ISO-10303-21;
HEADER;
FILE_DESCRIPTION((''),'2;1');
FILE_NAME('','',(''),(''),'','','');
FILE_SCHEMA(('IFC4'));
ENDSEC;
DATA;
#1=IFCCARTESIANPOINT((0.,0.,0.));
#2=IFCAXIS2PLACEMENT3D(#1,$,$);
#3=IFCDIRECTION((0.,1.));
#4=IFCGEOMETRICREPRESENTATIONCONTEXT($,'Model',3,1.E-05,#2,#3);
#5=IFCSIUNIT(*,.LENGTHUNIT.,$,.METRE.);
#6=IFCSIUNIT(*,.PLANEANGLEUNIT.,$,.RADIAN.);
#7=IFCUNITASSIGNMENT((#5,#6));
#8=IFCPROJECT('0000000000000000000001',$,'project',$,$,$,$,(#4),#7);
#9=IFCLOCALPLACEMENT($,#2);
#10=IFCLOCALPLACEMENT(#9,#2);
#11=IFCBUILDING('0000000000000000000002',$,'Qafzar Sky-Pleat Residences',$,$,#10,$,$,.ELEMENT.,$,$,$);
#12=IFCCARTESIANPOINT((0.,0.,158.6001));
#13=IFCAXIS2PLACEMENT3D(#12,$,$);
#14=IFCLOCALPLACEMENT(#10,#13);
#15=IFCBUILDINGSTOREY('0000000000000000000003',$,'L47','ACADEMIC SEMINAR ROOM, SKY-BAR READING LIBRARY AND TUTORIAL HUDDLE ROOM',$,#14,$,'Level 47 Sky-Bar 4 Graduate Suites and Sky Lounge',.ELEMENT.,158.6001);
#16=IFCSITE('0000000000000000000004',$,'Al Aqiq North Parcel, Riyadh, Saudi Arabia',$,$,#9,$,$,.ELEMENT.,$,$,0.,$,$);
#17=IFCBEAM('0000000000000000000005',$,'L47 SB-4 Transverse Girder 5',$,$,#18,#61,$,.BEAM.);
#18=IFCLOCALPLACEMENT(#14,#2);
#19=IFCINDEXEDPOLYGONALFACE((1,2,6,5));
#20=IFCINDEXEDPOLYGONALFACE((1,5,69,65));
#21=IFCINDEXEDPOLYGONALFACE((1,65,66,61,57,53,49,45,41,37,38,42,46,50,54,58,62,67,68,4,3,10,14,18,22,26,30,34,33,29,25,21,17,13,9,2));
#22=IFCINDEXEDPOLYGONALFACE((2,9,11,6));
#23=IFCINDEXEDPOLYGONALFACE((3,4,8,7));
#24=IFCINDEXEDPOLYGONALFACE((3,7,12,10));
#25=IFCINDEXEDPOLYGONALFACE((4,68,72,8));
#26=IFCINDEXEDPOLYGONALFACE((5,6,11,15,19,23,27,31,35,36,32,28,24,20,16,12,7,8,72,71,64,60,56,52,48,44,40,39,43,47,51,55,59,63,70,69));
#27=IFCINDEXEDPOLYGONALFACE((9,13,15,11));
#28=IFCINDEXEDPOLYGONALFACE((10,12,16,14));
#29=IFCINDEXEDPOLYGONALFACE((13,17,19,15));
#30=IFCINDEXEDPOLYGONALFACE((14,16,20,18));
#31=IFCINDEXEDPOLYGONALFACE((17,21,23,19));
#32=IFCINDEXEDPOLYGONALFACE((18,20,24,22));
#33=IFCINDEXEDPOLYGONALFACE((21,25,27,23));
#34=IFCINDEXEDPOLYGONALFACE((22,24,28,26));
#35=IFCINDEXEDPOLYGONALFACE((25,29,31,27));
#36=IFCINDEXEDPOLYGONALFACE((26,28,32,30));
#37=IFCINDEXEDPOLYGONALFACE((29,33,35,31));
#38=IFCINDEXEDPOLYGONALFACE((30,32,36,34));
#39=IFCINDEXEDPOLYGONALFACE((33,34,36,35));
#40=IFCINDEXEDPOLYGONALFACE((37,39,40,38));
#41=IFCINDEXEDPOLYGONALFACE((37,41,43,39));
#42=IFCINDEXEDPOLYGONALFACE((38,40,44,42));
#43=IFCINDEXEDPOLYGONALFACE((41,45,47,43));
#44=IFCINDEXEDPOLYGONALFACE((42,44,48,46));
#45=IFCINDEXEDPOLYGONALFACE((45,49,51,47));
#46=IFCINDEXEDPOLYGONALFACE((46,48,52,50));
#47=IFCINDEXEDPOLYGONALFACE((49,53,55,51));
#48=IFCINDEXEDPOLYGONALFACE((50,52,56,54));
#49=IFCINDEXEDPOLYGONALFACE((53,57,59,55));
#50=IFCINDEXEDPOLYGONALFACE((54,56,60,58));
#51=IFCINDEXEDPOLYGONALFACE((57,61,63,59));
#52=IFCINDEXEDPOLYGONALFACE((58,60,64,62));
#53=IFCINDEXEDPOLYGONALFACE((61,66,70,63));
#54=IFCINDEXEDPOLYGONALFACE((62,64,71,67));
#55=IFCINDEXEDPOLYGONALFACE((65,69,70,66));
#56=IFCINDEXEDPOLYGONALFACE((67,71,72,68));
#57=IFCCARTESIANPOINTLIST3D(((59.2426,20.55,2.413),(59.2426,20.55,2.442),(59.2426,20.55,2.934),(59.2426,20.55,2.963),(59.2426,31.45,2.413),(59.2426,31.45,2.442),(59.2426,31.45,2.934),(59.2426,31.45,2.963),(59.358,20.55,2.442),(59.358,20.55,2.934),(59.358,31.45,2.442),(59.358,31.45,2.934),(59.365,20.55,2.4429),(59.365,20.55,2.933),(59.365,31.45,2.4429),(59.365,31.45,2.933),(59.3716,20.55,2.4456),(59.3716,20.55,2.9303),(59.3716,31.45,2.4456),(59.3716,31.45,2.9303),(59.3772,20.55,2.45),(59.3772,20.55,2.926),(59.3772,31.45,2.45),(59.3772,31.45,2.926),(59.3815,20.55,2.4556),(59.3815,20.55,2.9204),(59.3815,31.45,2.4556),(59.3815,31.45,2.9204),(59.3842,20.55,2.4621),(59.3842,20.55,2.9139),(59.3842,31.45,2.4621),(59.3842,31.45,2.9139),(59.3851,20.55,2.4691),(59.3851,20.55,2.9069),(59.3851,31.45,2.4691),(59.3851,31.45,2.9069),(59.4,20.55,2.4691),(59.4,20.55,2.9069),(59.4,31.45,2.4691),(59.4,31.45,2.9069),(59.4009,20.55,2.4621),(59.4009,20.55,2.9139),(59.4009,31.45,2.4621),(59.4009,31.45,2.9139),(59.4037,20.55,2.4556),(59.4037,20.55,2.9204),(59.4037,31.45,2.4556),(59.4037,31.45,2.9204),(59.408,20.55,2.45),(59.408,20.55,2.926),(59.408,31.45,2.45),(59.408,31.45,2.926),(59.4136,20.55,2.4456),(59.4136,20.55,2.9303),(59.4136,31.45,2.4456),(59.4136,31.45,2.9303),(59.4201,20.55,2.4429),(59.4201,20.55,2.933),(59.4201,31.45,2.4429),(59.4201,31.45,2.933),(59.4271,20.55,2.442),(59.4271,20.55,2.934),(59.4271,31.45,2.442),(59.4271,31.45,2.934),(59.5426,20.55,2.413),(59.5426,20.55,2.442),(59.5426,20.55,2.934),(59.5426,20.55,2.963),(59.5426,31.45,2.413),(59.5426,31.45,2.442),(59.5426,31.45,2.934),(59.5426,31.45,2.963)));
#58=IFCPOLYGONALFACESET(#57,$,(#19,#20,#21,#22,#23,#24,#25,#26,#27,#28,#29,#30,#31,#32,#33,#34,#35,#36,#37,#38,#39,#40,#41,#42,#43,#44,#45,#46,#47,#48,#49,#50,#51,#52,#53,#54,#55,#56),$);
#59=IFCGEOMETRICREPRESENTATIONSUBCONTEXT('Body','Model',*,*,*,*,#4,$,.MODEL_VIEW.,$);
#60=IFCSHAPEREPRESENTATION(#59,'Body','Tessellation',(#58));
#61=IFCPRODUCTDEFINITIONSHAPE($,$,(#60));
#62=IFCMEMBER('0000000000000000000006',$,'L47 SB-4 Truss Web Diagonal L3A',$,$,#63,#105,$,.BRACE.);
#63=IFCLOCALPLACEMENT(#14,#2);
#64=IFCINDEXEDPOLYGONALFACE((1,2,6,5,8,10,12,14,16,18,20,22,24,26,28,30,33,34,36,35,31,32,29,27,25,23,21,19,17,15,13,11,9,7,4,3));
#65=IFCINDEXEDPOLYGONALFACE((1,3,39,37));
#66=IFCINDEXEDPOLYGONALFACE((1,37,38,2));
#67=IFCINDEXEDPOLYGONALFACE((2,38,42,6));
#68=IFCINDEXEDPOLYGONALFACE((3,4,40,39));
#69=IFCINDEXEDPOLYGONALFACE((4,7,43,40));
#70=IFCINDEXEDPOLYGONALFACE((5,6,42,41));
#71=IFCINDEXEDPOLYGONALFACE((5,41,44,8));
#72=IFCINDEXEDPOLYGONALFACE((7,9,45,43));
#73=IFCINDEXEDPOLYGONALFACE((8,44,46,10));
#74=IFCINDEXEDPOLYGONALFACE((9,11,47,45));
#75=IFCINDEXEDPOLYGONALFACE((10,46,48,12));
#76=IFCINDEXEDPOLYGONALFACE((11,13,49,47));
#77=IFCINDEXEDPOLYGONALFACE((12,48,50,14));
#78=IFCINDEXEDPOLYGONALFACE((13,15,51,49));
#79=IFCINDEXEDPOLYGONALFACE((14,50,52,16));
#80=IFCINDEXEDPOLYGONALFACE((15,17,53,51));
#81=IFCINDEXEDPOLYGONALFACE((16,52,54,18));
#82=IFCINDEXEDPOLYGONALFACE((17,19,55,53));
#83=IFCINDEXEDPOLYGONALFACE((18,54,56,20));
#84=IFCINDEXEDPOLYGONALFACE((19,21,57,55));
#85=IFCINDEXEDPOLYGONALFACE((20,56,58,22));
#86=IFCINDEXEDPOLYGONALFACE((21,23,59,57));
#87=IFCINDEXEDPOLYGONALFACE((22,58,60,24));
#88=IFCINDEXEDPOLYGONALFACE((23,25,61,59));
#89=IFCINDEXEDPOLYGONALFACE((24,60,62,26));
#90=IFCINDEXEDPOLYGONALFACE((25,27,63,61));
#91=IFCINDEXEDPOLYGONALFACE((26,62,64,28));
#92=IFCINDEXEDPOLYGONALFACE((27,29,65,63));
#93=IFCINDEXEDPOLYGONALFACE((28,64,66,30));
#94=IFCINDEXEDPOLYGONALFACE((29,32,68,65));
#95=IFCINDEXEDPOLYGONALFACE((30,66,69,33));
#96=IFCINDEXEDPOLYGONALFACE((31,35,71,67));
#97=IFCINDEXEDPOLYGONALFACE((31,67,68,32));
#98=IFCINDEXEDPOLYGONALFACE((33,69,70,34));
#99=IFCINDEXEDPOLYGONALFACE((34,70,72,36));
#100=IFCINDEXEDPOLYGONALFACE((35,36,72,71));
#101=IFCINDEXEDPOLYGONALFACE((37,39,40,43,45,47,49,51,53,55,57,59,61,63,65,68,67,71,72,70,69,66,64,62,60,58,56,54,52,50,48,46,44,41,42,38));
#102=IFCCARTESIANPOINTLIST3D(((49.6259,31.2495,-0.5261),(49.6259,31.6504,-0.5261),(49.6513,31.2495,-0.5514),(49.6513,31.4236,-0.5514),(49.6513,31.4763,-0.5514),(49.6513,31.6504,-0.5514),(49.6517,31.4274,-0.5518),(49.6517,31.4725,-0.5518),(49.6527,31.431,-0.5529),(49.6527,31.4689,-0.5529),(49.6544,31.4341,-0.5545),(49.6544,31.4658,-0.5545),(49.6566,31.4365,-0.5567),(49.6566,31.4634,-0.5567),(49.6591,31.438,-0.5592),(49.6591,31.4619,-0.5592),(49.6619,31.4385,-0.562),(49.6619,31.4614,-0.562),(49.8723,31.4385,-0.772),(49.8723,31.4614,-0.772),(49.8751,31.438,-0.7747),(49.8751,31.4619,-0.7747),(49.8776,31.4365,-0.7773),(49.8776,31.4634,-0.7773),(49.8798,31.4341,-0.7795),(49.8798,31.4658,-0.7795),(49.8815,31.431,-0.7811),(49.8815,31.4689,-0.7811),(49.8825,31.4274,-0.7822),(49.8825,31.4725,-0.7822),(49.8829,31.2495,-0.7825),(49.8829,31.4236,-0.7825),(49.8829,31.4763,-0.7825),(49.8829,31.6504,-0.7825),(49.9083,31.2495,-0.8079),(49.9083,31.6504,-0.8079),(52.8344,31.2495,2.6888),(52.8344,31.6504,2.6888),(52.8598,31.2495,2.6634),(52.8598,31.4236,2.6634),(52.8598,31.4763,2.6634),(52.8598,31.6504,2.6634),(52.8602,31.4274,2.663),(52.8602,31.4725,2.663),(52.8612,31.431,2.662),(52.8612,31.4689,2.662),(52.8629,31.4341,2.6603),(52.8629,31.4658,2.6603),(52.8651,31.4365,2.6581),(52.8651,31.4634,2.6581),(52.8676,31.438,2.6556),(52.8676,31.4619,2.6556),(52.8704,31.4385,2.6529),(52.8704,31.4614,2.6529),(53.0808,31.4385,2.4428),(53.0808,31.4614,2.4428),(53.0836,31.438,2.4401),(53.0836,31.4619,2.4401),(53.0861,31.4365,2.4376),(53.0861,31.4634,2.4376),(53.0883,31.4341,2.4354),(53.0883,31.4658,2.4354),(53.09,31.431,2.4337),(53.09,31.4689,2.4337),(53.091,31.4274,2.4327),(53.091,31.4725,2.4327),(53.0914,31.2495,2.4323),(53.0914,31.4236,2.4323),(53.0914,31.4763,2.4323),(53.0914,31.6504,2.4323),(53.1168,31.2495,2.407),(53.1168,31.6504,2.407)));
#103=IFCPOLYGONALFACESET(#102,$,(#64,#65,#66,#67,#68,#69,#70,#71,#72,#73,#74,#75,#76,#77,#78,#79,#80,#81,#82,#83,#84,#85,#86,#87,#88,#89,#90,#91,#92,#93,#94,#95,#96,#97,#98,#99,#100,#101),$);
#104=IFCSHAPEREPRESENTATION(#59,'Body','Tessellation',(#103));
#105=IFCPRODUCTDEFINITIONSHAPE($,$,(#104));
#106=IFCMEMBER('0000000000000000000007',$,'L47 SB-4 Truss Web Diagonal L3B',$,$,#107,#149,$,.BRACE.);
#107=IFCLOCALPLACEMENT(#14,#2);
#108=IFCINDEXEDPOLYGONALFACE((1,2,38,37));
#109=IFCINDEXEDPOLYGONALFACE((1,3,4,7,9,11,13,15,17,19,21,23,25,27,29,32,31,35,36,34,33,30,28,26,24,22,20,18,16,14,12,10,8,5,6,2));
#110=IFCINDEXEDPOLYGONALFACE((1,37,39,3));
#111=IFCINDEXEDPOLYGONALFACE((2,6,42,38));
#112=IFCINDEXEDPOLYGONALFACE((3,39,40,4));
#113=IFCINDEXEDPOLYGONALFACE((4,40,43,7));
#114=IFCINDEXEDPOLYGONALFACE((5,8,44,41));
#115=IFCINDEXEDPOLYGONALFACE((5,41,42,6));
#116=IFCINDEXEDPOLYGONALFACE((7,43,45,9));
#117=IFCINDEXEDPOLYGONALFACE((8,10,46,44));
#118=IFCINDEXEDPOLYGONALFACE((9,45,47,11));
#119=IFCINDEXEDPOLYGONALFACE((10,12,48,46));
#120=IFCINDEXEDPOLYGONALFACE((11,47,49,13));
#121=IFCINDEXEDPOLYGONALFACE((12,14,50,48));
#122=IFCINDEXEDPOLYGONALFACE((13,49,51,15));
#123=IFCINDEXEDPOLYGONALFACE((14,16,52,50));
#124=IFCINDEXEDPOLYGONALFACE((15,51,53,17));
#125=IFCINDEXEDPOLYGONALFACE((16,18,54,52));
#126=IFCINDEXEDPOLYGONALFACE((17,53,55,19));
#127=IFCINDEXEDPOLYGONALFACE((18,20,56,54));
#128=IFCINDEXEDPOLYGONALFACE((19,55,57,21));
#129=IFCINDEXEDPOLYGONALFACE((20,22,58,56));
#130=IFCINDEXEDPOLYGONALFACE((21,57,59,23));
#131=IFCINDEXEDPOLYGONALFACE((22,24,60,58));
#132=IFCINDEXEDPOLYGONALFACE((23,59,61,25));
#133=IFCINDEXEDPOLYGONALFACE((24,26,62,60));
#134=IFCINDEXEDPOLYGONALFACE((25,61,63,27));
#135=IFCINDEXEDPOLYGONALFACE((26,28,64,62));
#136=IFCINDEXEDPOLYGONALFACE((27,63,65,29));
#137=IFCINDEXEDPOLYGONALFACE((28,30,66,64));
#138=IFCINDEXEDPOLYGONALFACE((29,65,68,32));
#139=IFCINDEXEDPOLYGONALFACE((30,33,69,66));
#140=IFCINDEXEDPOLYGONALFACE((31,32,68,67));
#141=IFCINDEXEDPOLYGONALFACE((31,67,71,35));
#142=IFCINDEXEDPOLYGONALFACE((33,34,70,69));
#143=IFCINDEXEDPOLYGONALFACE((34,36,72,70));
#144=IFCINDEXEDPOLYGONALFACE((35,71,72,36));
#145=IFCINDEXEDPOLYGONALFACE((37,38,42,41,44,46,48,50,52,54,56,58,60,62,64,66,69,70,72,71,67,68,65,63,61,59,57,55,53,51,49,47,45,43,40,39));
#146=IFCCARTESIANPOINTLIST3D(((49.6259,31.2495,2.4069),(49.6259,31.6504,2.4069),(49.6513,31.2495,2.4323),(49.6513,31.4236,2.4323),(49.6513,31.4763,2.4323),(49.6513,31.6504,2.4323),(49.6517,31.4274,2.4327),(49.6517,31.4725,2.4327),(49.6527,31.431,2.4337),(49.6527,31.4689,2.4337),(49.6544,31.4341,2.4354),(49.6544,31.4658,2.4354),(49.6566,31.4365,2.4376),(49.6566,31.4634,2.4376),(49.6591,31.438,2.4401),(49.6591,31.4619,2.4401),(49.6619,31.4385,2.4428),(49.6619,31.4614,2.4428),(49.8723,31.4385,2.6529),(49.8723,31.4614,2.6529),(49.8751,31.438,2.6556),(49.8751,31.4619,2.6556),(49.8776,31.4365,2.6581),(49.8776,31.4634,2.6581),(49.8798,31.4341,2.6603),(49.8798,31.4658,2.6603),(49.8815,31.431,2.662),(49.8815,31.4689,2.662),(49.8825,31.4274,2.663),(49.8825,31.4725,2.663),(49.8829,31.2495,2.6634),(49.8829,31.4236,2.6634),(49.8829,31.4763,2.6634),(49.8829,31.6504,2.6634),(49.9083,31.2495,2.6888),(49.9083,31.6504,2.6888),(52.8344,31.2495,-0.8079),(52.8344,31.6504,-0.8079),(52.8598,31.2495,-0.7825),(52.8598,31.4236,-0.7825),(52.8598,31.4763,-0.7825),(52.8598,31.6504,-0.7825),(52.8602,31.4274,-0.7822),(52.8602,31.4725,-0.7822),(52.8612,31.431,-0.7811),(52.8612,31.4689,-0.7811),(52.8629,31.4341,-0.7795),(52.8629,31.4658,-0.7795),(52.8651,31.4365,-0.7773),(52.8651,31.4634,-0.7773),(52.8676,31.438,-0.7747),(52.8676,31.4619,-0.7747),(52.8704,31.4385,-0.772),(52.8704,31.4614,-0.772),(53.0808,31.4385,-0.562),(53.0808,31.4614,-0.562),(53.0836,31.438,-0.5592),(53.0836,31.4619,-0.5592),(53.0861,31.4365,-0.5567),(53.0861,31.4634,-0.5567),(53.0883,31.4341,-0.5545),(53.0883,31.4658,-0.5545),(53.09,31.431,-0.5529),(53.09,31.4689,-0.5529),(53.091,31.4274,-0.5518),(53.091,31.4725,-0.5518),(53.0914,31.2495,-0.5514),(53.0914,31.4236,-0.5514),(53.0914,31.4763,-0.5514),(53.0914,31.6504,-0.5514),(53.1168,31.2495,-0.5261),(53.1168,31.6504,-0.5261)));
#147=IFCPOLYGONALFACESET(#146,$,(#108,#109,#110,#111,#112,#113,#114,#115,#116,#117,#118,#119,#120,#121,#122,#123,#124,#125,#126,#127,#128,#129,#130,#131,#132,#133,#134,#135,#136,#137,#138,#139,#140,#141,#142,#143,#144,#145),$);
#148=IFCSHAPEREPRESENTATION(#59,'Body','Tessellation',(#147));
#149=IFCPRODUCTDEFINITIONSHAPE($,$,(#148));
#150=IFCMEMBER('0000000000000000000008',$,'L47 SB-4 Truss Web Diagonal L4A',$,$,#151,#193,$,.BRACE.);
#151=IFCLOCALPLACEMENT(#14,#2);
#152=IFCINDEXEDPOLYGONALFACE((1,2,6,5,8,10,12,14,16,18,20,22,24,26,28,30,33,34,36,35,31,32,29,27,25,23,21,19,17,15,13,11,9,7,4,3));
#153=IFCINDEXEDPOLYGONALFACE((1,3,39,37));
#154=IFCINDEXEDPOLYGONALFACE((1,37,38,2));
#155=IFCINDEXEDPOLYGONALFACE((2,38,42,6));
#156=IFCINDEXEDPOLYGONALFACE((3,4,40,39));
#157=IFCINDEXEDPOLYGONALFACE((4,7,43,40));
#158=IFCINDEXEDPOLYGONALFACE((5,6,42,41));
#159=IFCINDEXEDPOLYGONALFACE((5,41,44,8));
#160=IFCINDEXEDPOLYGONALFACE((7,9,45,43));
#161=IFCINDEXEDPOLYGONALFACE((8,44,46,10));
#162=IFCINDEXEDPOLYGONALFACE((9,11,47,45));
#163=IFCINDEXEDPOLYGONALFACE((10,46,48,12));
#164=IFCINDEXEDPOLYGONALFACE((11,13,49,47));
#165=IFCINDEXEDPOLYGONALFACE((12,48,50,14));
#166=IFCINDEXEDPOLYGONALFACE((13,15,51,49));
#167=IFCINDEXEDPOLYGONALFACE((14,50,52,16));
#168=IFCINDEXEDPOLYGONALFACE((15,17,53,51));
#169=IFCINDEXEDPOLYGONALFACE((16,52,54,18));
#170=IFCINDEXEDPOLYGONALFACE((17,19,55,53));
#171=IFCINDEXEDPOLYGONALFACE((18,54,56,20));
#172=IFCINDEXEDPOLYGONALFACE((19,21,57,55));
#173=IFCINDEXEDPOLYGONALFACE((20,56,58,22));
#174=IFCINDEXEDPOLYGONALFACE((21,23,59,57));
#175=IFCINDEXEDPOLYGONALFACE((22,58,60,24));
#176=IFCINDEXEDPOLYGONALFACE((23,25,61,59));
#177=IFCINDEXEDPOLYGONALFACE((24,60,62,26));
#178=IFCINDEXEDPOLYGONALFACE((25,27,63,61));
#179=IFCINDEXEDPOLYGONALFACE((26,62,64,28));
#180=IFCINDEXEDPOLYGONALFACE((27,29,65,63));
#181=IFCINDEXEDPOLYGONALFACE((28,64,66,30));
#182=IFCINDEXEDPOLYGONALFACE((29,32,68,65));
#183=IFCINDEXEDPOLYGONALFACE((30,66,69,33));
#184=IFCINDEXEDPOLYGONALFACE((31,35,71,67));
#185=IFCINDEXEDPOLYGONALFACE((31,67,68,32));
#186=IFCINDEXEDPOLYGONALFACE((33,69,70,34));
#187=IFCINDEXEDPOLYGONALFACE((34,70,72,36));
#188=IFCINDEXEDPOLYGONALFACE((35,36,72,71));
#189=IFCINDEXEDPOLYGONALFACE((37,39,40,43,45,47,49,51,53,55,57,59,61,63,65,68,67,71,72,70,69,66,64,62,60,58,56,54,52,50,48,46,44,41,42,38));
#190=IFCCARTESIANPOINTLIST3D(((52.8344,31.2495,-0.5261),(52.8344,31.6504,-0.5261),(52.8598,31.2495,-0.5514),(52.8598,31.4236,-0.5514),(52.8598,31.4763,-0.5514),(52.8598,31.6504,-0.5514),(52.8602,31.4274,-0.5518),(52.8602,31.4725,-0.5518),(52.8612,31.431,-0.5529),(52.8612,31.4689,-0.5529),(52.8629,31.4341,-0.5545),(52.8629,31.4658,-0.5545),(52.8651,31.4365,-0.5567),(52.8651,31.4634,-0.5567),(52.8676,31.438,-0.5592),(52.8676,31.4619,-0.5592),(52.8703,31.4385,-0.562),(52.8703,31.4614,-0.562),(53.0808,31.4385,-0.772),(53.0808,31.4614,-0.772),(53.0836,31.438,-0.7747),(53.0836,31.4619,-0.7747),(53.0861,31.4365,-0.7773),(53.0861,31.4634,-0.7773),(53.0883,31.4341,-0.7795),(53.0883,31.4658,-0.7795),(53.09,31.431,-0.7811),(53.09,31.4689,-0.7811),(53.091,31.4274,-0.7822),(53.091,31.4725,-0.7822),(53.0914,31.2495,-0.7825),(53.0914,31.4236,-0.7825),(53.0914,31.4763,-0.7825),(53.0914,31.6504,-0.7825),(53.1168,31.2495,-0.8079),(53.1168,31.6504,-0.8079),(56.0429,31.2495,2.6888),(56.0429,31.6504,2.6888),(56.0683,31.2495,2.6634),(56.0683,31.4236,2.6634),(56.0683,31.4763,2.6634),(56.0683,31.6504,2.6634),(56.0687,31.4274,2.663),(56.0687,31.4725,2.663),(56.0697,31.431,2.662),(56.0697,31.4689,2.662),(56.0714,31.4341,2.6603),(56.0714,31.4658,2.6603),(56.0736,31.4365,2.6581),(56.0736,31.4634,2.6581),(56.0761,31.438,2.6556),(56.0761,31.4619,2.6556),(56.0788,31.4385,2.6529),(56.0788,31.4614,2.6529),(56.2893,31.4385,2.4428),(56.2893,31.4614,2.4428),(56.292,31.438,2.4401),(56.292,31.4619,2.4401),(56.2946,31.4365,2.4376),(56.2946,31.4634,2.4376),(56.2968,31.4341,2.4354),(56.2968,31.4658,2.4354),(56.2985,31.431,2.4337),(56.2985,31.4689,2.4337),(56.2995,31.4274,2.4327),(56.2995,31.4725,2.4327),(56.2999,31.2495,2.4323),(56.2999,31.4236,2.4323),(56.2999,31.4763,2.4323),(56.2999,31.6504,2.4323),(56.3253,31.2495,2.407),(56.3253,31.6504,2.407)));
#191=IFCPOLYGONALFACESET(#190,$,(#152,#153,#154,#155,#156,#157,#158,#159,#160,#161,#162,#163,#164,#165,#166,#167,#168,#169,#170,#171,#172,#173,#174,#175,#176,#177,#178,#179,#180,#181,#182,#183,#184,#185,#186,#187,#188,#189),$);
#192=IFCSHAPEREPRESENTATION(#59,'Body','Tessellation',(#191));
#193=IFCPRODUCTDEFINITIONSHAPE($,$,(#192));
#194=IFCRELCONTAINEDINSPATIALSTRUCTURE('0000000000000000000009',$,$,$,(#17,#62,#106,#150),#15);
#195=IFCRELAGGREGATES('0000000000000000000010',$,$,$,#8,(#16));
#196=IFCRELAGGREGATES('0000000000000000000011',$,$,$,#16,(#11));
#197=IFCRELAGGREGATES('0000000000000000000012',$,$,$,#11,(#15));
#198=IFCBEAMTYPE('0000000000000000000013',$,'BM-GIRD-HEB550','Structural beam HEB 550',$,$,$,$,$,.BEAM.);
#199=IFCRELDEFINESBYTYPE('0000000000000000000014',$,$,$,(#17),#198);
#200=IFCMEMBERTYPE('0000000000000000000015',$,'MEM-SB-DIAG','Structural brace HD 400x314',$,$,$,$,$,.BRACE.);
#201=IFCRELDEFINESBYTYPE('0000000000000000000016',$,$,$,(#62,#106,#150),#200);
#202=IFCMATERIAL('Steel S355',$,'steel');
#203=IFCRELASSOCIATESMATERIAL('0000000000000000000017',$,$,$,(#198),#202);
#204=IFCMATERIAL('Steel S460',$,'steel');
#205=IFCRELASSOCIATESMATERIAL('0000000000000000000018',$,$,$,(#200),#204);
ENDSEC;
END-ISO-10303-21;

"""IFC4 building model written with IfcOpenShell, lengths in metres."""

from ifc_helpers import new_model, si_unit, direction, frame, origin, origin_2d, place, context, subcontext, project, spatial, i_section, extrude, source, transform, mapped, material, material_profile, profile_set, type_object, element, save


model = new_model("IFC4")

# Units and contexts
model_context = context("Model", 3, precision=1e-05, world=origin(), true_north=direction((0.0, 1.0)))
body_context = subcontext(model_context, "Body", "Model", "MODEL_VIEW")
ifc_project = project(units=[si_unit("LENGTHUNIT", "METRE"), si_unit("PLANEANGLEUNIT", "RADIAN")], contexts=[model_context])

# Site, building, storey
site_placement = place(None, origin())
site = spatial("IfcSite", under=ifc_project, at=site_placement, Name="Al Aqiq North Parcel, Riyadh, Saudi Arabia", CompositionType="ELEMENT", RefElevation=0.0)
building_placement = place(site_placement, origin())
building = spatial("IfcBuilding", under=site, at=building_placement, Name="Qafzar Sky-Pleat Residences", CompositionType="ELEMENT")
storey_placement = place(building_placement, frame((0.0, 0.0, 158.6001)))
storey = spatial("IfcBuildingStorey", under=building, at=storey_placement, Name="L47", Description="ACADEMIC SEMINAR ROOM, SKY-BAR READING LIBRARY AND TUTORIAL HUDDLE ROOM", LongName="Level 47 Sky-Bar 4 Graduate Suites and Sky Lounge", CompositionType="ELEMENT", Elevation=158.6001)

# Beam
ifc_material_1 = material(Name="Steel S460", Category="steel")
ifc_material_2 = material(Name="Steel S355", Category="steel")
ifc_material_profile_1 = material_profile(ifc_material_2, i_section(OverallWidth=0.3, OverallDepth=0.55, WebThickness=0.0149, FlangeThickness=0.0291, FilletRadius=0.0271, at=origin_2d()), Name="HEB 550")
ifc_profile_set_1 = profile_set([ifc_material_profile_1], Name="Steel S355")
beam_type_1 = type_object("IfcBeamType", Name="BM-GIRD-HEB550", Description="Structural beam HEB 550", PredefinedType="BEAM", material=ifc_profile_set_1)
shared_shape_1 = source(origin(), body_context, "Body", "SweptSolid", [
    extrude(i_section(OverallWidth=0.3, OverallDepth=0.55, WebThickness=0.0149, FlangeThickness=0.0291, FilletRadius=0.0271, at=origin_2d()), origin(), (0.0, 0.0, 1.0), 10.8999),
])
for number, where, z_axis, x_axis, name in (
    (1, (59.3926, 31.45, 2.688), (0.0, -1.0, 0.0), (1.0, 0.0, 0.0), "L47 SB-4 Transverse Girder 5"),
):
    element("IfcBeam", number, at=place(storey_placement, frame(where, z_axis=z_axis, x_axis=x_axis)), inside=storey, type_object=beam_type_1, Name=name, PredefinedType="BEAM", context=body_context, shape_type="MappedRepresentation", body=[
        mapped(shared_shape_1, transform((0.0, 0.0, 0.0), x_axis=(1.0, 0.0, 0.0), y_axis=(0.0, 1.0, 0.0), z_axis=(0.0, 0.0, 1.0), scale=1.0)),
    ])

# Members
ifc_material_profile_2 = material_profile(ifc_material_1, i_section(OverallWidth=0.4009, OverallDepth=0.3989, WebThickness=0.0229, FlangeThickness=0.0359, FilletRadius=0.0149, at=origin_2d()), Name="HD 400x314")
ifc_profile_set_2 = profile_set([ifc_material_profile_2], Name="Steel S460")
member_type_1 = type_object("IfcMemberType", Name="MEM-SB-DIAG", Description="Structural brace HD 400x314", PredefinedType="BRACE", material=ifc_profile_set_2)
shared_shape_2 = source(origin(), body_context, "Body", "SweptSolid", [
    extrude(i_section(OverallWidth=0.4009, OverallDepth=0.3989, WebThickness=0.0229, FlangeThickness=0.0359, FilletRadius=0.0149, at=origin_2d()), origin(), (0.0, 0.0, 1.0), 4.542),
])
for number, where, z_axis, x_axis, name in (
    (2, (49.7671, 31.45, -0.667), (0.706408, 0.0, 0.707805), (0.0, 1.0, 0.0), "L47 SB-4 Truss Web Diagonal L3A"),
    (3, (49.7671, 31.45, 2.5479), (0.706408, 0.0, -0.707805), (0.0, 1.0, 0.0), "L47 SB-4 Truss Web Diagonal L3B"),
    (4, (52.9756, 31.45, -0.667), (0.706408, 0.0, 0.707805), (0.0, 1.0, 0.0), "L47 SB-4 Truss Web Diagonal L4A"),
):
    element("IfcMember", number, at=place(storey_placement, frame(where, z_axis=z_axis, x_axis=x_axis)), inside=storey, type_object=member_type_1, Name=name, PredefinedType="BRACE", context=body_context, shape_type="MappedRepresentation", body=[
        mapped(shared_shape_2, transform((0.0, 0.0, 0.0), x_axis=(1.0, 0.0, 0.0), y_axis=(0.0, 1.0, 0.0), z_axis=(0.0, 0.0, 1.0), scale=1.0)),
    ])

save(model, "model.ifc")
